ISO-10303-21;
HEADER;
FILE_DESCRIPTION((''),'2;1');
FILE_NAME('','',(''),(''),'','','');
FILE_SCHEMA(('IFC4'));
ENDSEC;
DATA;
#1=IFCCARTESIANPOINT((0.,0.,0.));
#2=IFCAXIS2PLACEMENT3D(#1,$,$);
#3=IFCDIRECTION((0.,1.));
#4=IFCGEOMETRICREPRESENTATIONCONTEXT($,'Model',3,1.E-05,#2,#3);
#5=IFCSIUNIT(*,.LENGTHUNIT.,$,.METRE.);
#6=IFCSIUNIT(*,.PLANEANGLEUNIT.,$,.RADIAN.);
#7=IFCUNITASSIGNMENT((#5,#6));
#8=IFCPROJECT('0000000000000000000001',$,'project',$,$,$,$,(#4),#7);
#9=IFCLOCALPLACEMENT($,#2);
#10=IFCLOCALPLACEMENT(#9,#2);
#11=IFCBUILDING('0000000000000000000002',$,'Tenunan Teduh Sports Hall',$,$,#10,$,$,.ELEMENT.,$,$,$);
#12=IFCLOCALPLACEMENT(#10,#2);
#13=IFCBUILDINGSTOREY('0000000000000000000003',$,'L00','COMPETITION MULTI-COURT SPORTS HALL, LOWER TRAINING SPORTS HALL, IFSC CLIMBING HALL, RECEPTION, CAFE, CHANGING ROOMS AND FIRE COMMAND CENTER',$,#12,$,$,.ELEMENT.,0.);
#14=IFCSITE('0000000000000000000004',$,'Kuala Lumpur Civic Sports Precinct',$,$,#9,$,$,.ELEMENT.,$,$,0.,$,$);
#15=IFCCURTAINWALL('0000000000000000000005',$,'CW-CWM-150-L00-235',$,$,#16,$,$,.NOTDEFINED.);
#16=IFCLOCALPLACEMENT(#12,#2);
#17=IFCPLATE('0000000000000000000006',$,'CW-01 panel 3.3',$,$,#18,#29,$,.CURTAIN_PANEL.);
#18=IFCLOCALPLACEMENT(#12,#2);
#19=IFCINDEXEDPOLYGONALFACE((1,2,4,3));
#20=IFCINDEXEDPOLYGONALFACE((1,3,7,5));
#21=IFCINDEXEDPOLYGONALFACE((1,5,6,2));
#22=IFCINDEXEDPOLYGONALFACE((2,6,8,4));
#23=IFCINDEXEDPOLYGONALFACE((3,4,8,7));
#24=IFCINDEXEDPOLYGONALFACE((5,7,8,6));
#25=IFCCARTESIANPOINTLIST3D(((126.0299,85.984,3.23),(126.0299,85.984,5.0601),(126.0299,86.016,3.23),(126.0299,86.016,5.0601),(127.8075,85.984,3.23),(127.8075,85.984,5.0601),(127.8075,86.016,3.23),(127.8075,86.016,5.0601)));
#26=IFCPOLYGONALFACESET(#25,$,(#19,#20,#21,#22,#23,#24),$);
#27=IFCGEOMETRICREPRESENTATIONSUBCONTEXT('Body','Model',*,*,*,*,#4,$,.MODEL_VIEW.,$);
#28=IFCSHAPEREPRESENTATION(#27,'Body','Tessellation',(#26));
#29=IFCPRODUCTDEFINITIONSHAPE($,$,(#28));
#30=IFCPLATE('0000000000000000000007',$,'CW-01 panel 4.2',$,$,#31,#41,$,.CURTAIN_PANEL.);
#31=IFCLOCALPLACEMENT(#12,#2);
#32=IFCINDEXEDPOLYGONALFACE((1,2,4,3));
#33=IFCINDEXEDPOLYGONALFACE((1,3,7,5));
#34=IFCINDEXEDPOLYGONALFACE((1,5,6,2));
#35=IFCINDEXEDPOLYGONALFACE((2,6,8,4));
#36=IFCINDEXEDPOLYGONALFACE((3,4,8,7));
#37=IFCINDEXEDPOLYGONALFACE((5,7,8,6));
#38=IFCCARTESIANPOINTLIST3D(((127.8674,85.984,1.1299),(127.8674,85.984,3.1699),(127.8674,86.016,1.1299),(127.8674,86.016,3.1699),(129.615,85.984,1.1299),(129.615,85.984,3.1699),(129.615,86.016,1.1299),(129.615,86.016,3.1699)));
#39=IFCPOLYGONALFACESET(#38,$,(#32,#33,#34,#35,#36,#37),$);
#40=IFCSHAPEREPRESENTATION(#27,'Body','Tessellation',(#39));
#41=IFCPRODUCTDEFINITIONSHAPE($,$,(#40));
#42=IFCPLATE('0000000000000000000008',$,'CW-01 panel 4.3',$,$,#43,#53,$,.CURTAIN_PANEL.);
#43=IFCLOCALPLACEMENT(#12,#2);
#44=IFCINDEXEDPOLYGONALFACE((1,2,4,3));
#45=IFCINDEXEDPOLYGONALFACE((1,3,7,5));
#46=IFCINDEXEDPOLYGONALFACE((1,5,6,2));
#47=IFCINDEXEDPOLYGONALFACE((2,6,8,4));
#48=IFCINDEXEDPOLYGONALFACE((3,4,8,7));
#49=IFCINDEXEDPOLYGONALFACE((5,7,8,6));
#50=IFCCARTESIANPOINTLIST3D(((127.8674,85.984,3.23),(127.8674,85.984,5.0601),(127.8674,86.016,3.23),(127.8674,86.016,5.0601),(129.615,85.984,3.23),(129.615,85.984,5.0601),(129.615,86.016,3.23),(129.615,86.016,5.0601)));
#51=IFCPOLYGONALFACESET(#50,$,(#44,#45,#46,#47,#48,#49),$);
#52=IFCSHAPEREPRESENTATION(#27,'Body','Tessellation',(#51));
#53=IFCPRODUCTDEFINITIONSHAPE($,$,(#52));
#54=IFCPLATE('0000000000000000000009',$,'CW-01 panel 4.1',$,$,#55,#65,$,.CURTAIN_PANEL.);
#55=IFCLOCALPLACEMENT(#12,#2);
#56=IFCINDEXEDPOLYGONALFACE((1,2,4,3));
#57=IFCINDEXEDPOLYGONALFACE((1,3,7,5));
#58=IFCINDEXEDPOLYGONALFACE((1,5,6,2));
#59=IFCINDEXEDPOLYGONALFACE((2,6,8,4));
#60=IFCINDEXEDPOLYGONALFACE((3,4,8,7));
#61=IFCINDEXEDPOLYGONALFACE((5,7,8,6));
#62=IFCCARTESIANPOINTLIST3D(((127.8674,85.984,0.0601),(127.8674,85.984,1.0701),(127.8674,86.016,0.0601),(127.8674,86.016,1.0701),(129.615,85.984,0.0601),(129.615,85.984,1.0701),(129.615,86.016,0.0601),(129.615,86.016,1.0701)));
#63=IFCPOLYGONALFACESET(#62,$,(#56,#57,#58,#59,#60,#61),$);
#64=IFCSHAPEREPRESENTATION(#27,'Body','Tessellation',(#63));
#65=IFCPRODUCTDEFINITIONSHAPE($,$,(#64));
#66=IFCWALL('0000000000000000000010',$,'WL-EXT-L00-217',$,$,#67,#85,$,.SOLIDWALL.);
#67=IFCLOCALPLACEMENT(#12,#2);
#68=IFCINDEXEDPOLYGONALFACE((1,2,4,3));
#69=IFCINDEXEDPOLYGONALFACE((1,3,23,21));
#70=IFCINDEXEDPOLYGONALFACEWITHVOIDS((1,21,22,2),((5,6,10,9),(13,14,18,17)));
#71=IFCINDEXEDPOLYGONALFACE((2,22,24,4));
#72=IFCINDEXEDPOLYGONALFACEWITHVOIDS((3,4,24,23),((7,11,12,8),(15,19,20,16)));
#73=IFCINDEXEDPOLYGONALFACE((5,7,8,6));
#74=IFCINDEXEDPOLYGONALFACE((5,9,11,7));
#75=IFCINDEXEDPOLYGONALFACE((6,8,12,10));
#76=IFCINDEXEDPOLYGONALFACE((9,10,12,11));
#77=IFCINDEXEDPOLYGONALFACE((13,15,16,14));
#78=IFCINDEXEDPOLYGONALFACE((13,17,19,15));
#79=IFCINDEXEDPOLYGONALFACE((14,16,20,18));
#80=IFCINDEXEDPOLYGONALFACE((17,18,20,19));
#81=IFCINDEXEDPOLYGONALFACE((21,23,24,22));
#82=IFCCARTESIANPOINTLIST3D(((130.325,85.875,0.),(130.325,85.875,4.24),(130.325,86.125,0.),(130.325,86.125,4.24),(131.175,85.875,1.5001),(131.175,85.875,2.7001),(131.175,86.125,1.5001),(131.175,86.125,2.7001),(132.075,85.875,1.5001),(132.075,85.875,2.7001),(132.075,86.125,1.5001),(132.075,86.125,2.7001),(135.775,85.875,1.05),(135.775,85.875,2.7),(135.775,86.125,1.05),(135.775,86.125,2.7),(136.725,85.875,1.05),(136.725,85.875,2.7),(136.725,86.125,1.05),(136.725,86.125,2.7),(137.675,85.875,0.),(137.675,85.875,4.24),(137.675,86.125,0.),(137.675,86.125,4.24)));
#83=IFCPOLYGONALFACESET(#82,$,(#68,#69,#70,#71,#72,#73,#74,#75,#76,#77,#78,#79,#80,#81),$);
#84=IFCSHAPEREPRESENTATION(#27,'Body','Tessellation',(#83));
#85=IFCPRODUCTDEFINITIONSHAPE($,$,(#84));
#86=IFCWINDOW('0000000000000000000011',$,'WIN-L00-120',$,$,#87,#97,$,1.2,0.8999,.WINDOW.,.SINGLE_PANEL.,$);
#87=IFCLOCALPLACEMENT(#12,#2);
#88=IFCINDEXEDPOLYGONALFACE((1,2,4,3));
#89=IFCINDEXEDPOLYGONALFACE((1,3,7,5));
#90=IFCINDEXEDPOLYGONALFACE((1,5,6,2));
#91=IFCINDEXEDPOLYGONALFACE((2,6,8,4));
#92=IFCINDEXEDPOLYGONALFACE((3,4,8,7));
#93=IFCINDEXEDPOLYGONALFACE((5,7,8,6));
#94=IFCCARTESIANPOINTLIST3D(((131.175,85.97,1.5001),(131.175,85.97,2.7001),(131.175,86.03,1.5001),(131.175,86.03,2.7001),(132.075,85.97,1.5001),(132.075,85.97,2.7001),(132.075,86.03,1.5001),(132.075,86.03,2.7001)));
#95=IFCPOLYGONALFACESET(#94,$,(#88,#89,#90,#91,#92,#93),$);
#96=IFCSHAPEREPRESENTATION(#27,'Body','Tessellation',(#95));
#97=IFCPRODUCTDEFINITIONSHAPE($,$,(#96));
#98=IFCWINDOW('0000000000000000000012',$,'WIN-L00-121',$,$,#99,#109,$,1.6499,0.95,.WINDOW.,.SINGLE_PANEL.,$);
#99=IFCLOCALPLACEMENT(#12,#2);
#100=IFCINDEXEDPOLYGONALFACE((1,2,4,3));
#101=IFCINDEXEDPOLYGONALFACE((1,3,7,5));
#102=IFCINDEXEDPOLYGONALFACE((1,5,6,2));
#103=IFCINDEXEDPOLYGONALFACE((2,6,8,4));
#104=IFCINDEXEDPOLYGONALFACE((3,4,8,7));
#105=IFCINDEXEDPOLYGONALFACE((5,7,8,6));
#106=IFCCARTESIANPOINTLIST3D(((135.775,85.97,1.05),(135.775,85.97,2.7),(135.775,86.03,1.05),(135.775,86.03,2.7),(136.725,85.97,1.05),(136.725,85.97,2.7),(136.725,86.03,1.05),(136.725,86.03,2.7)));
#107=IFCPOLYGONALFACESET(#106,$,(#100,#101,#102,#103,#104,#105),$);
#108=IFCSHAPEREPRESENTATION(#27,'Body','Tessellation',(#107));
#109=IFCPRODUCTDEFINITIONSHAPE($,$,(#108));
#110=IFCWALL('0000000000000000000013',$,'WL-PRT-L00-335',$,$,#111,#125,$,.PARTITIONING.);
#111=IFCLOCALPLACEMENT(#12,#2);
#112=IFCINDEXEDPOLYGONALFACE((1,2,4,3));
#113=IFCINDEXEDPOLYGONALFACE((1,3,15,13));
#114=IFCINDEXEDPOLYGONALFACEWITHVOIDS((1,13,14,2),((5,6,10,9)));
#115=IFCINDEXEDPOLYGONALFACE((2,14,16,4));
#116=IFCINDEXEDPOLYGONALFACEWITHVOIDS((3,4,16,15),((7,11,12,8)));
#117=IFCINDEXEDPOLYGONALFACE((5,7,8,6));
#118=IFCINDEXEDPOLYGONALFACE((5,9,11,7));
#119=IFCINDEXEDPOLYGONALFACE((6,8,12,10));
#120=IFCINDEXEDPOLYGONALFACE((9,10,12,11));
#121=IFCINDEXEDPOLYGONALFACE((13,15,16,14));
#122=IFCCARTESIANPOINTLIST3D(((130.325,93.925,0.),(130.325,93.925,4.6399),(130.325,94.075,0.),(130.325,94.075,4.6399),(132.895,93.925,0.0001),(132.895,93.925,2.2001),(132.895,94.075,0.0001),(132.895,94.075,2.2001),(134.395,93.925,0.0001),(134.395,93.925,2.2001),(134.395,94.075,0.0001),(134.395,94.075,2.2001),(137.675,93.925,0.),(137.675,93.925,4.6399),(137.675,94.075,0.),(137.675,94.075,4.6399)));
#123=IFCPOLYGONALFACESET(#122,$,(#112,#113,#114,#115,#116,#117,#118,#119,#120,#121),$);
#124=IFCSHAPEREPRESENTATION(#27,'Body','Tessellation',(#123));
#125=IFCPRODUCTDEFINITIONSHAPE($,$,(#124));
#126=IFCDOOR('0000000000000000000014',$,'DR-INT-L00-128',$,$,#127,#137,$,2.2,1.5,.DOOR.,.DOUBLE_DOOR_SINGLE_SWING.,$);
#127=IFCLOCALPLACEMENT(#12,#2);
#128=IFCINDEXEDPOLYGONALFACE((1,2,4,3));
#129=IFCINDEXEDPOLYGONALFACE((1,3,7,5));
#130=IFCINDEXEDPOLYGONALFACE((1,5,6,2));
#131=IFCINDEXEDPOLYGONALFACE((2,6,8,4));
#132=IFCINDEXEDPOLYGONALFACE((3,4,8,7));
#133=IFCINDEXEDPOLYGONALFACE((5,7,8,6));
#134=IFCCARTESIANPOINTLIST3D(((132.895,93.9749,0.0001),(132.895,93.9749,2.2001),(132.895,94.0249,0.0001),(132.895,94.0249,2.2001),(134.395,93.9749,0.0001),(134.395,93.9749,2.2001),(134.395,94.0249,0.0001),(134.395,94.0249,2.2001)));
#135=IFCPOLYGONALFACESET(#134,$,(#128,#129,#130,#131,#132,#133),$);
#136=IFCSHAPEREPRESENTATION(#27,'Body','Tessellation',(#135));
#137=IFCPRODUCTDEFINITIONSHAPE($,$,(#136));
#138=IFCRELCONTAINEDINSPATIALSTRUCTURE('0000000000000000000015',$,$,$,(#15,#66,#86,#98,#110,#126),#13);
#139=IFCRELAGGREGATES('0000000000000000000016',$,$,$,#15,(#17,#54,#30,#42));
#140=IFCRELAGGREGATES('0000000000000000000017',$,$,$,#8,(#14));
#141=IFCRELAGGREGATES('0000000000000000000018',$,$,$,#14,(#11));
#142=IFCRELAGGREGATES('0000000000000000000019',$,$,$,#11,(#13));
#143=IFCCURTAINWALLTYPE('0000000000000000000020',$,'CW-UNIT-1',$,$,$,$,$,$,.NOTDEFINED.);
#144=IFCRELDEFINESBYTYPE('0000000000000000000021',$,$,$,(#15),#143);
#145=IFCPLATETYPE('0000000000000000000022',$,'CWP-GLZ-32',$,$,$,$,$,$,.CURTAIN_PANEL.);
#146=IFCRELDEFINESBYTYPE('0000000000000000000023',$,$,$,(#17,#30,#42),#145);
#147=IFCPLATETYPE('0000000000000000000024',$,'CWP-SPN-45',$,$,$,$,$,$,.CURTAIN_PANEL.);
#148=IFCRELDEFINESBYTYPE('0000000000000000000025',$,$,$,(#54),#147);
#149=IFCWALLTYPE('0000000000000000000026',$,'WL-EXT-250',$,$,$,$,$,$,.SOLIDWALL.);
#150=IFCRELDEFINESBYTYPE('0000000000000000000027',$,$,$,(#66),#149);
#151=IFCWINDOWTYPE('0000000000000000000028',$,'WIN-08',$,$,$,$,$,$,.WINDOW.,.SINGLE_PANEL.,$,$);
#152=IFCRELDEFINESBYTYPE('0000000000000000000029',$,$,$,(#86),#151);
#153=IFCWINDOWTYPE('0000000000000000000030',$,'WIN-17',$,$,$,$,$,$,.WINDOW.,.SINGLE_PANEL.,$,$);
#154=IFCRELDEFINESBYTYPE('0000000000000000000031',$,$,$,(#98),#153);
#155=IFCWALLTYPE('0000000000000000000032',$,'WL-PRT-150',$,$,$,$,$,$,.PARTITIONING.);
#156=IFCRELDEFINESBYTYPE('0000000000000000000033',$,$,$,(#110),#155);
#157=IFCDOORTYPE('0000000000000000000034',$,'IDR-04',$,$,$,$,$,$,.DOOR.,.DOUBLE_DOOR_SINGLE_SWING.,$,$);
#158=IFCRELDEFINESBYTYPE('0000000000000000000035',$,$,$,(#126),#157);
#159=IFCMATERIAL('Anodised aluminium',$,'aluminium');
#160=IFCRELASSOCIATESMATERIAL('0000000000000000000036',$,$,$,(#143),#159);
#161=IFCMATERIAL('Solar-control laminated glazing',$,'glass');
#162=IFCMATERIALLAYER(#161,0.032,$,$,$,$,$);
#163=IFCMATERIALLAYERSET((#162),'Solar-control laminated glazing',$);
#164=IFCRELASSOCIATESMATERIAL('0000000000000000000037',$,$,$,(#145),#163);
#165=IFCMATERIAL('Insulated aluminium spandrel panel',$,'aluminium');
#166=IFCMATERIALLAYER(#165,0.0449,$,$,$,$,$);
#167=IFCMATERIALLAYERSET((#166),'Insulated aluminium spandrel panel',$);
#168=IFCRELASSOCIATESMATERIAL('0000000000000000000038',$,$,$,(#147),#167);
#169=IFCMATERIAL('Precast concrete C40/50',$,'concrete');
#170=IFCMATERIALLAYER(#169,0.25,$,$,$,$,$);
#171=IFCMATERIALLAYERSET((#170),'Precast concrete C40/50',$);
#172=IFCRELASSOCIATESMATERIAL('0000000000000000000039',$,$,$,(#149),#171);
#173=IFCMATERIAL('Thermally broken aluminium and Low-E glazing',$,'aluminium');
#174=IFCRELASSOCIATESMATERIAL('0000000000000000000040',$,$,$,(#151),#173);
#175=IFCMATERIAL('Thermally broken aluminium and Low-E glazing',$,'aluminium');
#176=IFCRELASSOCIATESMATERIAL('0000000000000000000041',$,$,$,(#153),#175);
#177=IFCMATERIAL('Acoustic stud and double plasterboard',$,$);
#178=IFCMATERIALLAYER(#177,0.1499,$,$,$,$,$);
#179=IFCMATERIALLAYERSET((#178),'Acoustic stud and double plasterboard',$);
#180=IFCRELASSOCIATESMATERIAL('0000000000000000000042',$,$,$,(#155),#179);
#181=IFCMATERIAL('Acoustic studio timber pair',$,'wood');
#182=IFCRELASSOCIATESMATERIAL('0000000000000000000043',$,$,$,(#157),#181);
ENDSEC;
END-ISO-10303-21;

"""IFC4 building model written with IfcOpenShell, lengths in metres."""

from ifc_helpers import new_model, si_unit, direction, frame, frame_2d, origin, origin_2d, place, context, subcontext, project, spatial, rectangle, extrude, material, layer, layer_set, type_object, element, fill, aggregate, save


model = new_model("IFC4")

# Units and contexts
model_context = context("Model", 3, precision=1e-05, world=origin(), true_north=direction((0.0, 1.0)))
body_context = subcontext(model_context, "Body", "Model", "MODEL_VIEW")
ifc_project = project(units=[si_unit("LENGTHUNIT", "METRE"), si_unit("PLANEANGLEUNIT", "RADIAN")], contexts=[model_context])

# Site, building, storey
site_placement = place(None, origin())
site = spatial("IfcSite", under=ifc_project, at=site_placement, Name="Kuala Lumpur Civic Sports Precinct", CompositionType="ELEMENT", RefElevation=0.0)
building_placement = place(site_placement, origin())
building = spatial("IfcBuilding", under=site, at=building_placement, Name="Tenunan Teduh Sports Hall", CompositionType="ELEMENT")
storey_placement = place(building_placement, origin())
storey = spatial("IfcBuildingStorey", under=building, at=storey_placement, Name="L00", Description="COMPETITION MULTI-COURT SPORTS HALL, LOWER TRAINING SPORTS HALL, IFSC CLIMBING HALL, RECEPTION, CAFE, CHANGING ROOMS AND FIRE COMMAND CENTER", CompositionType="ELEMENT", Elevation=0.0)

# Curtain wall
ifc_material_1 = material(Name="Anodised aluminium", Category="aluminium")
curtain_wall_type = type_object("IfcCurtainWallType", Name="CW-UNIT-1", PredefinedType="NOTDEFINED", material=ifc_material_1)
curtain_wall_placement = place(storey_placement, origin())
curtain_wall = element("IfcCurtainWall", 1, at=curtain_wall_placement, inside=storey, type_object=curtain_wall_type, Name="CW-CWM-150-L00-235", PredefinedType="NOTDEFINED")

# Plates
ifc_material_2 = material(Name="Solar-control laminated glazing", Category="glass")
ifc_layer_1 = layer(ifc_material_2, 0.032)
ifc_layer_set_1 = layer_set([ifc_layer_1], Name="Solar-control laminated glazing")
plate_type_1 = type_object("IfcPlateType", Name="CWP-GLZ-32", PredefinedType="CURTAIN_PANEL", material=ifc_layer_set_1)
plate_1_placement = place(storey_placement, frame((126.9187, 86.0, 3.23), z_axis=(0.0, 0.0, 1.0), x_axis=(1.0, 0.0, 0.0)))
plate_1 = element("IfcPlate", 2, at=plate_1_placement, type_object=plate_type_1, Name="CW-01 panel 3.3", PredefinedType="CURTAIN_PANEL", context=body_context, shape_type="SweptSolid", body=[
    extrude(rectangle(XDim=1.7776, YDim=0.032, at=origin_2d()), origin(), (0.0, 0.0, 1.0), 1.8301),
])
plate_2_placement = place(storey_placement, frame((128.7412, 86.0, 1.1299), z_axis=(0.0, 0.0, 1.0), x_axis=(1.0, 0.0, 0.0)))
plate_2 = element("IfcPlate", 3, at=plate_2_placement, type_object=plate_type_1, Name="CW-01 panel 4.2", PredefinedType="CURTAIN_PANEL", context=body_context, shape_type="SweptSolid", body=[
    extrude(rectangle(XDim=1.7476, YDim=0.032, at=origin_2d()), origin(), (0.0, 0.0, 1.0), 2.04),
])
plate_3_placement = place(storey_placement, frame((128.7412, 86.0, 3.23), z_axis=(0.0, 0.0, 1.0), x_axis=(1.0, 0.0, 0.0)))
plate_3 = element("IfcPlate", 4, at=plate_3_placement, type_object=plate_type_1, Name="CW-01 panel 4.3", PredefinedType="CURTAIN_PANEL", context=body_context, shape_type="SweptSolid", body=[
    extrude(rectangle(XDim=1.7476, YDim=0.032, at=origin_2d()), origin(), (0.0, 0.0, 1.0), 1.8301),
])
ifc_material_3 = material(Name="Insulated aluminium spandrel panel", Category="aluminium")
ifc_layer_2 = layer(ifc_material_3, 0.0449)
ifc_layer_set_2 = layer_set([ifc_layer_2], Name="Insulated aluminium spandrel panel")
plate_type_2 = type_object("IfcPlateType", Name="CWP-SPN-45", PredefinedType="CURTAIN_PANEL", material=ifc_layer_set_2)
plate_4_placement = place(storey_placement, frame((128.7412, 86.0, 0.0601), z_axis=(0.0, 0.0, 1.0), x_axis=(1.0, 0.0, 0.0)))
plate_4 = element("IfcPlate", 5, at=plate_4_placement, type_object=plate_type_2, Name="CW-01 panel 4.1", PredefinedType="CURTAIN_PANEL", context=body_context, shape_type="SweptSolid", body=[
    extrude(rectangle(XDim=1.7476, YDim=0.032, at=origin_2d()), origin(), (0.0, 0.0, 1.0), 1.01),
])
aggregate(curtain_wall, [plate_1, plate_4, plate_2, plate_3])

# Wall, openings, windows
ifc_material_4 = material(Name="Precast concrete C40/50", Category="concrete")
ifc_layer_3 = layer(ifc_material_4, 0.25)
ifc_layer_set_3 = layer_set([ifc_layer_3], Name="Precast concrete C40/50")
wall_type_1 = type_object("IfcWallType", Name="WL-EXT-250", PredefinedType="SOLIDWALL", material=ifc_layer_set_3)
wall_1_placement = place(storey_placement, frame((130.325, 86.0, 0.0), z_axis=(0.0, 0.0, 1.0), x_axis=(1.0, 0.0, 0.0)))
wall_1 = element("IfcWall", 6, at=wall_1_placement, inside=storey, type_object=wall_type_1, Name="WL-EXT-L00-217", PredefinedType="SOLIDWALL", context=body_context, shape_type="SweptSolid", body=[
    extrude(rectangle(XDim=7.3501, YDim=0.25, at=frame_2d((3.675, 0.0))), origin(), (0.0, 0.0, 1.0), 4.24),
])
opening_1_placement = place(wall_1_placement, frame((0.8501, 0.0, 1.5)))
opening_1 = element("IfcOpeningElement", 7, at=opening_1_placement, cuts=wall_1, PredefinedType="OPENING", context=body_context, shape_type="SweptSolid", body=[
    extrude(rectangle(XDim=0.8999, YDim=1.2, at=frame_2d((0.45, 0.6001))), frame((0.0, 0.135, 0.0), z_axis=(0.0, -1.0, 0.0), x_axis=(1.0, 0.0, 0.0)), (0.0, 0.0, 1.0), 0.27),
])
opening_2_placement = place(wall_1_placement, frame((5.45, 0.0, 1.05)))
opening_2 = element("IfcOpeningElement", 8, at=opening_2_placement, cuts=wall_1, PredefinedType="OPENING", context=body_context, shape_type="SweptSolid", body=[
    extrude(rectangle(XDim=0.95, YDim=1.6499, at=frame_2d((0.4751, 0.825))), frame((0.0, 0.135, 0.0), z_axis=(0.0, -1.0, 0.0), x_axis=(1.0, 0.0, 0.0)), (0.0, 0.0, 1.0), 0.27),
])
ifc_material_5 = material(Name="Thermally broken aluminium and Low-E glazing", Category="aluminium")
window_type_1 = type_object("IfcWindowType", Name="WIN-08", PartitioningType="SINGLE_PANEL", PredefinedType="WINDOW", material=ifc_material_5)
window_1_placement = place(opening_1_placement, origin())
window_1 = element("IfcWindow", 9, at=window_1_placement, inside=storey, type_object=window_type_1, Name="WIN-L00-120", OverallHeight=1.2, OverallWidth=0.8999, PartitioningType="SINGLE_PANEL", PredefinedType="WINDOW", context=body_context, shape_type="SweptSolid", body=[
    extrude(rectangle(XDim=0.8999, YDim=1.2, at=frame_2d((0.45, 0.6001))), frame((0.0, 0.03, 0.0), z_axis=(0.0, -1.0, 0.0), x_axis=(1.0, 0.0, 0.0)), (0.0, 0.0, 1.0), 0.0601),
])
fill(opening_1, window_1)
ifc_material_6 = material(Name="Thermally broken aluminium and Low-E glazing", Category="aluminium")
window_type_2 = type_object("IfcWindowType", Name="WIN-17", PartitioningType="SINGLE_PANEL", PredefinedType="WINDOW", material=ifc_material_6)
window_2_placement = place(opening_2_placement, origin())
window_2 = element("IfcWindow", 10, at=window_2_placement, inside=storey, type_object=window_type_2, Name="WIN-L00-121", OverallHeight=1.6499, OverallWidth=0.95, PartitioningType="SINGLE_PANEL", PredefinedType="WINDOW", context=body_context, shape_type="SweptSolid", body=[
    extrude(rectangle(XDim=0.95, YDim=1.6499, at=frame_2d((0.4751, 0.825))), frame((0.0, 0.03, 0.0), z_axis=(0.0, -1.0, 0.0), x_axis=(1.0, 0.0, 0.0)), (0.0, 0.0, 1.0), 0.0601),
])
fill(opening_2, window_2)

# Wall, opening, door
ifc_material_7 = material(Name="Acoustic stud and double plasterboard")
ifc_layer_4 = layer(ifc_material_7, 0.1499)
ifc_layer_set_4 = layer_set([ifc_layer_4], Name="Acoustic stud and double plasterboard")
wall_type_2 = type_object("IfcWallType", Name="WL-PRT-150", PredefinedType="PARTITIONING", material=ifc_layer_set_4)
wall_2_placement = place(storey_placement, frame((130.325, 94.0, 0.0), z_axis=(0.0, 0.0, 1.0), x_axis=(1.0, 0.0, 0.0)))
wall_2 = element("IfcWall", 11, at=wall_2_placement, inside=storey, type_object=wall_type_2, Name="WL-PRT-L00-335", PredefinedType="PARTITIONING", context=body_context, shape_type="SweptSolid", body=[
    extrude(rectangle(XDim=7.3501, YDim=0.1499, at=frame_2d((3.675, 0.0))), origin(), (0.0, 0.0, 1.0), 4.6399),
])
opening_3_placement = place(wall_2_placement, frame((2.5701, 0.0, 0.0)))
opening_3 = element("IfcOpeningElement", 12, at=opening_3_placement, cuts=wall_2, PredefinedType="OPENING", context=body_context, shape_type="SweptSolid", body=[
    extrude(rectangle(XDim=1.5, YDim=2.2, at=frame_2d((0.75, 1.1001))), frame((0.0, 0.085, 0.0), z_axis=(0.0, -1.0, 0.0), x_axis=(1.0, 0.0, 0.0)), (0.0, 0.0, 1.0), 0.1699),
])
ifc_material_8 = material(Name="Acoustic studio timber pair", Category="wood")
door_type = type_object("IfcDoorType", Name="IDR-04", OperationType="DOUBLE_DOOR_SINGLE_SWING", PredefinedType="DOOR", material=ifc_material_8)
door_placement = place(opening_3_placement, origin())
door = element("IfcDoor", 13, at=door_placement, inside=storey, type_object=door_type, Name="DR-INT-L00-128", OperationType="DOUBLE_DOOR_SINGLE_SWING", OverallHeight=2.2, OverallWidth=1.5, PredefinedType="DOOR", context=body_context, shape_type="SweptSolid", body=[
    extrude(rectangle(XDim=1.5, YDim=2.2, at=frame_2d((0.75, 1.1001))), frame((0.0, 0.0249, 0.0), z_axis=(0.0, -1.0, 0.0), x_axis=(1.0, 0.0, 0.0)), (0.0, 0.0, 1.0), 0.05),
])
fill(opening_3, door)

save(model, "model.ifc")
